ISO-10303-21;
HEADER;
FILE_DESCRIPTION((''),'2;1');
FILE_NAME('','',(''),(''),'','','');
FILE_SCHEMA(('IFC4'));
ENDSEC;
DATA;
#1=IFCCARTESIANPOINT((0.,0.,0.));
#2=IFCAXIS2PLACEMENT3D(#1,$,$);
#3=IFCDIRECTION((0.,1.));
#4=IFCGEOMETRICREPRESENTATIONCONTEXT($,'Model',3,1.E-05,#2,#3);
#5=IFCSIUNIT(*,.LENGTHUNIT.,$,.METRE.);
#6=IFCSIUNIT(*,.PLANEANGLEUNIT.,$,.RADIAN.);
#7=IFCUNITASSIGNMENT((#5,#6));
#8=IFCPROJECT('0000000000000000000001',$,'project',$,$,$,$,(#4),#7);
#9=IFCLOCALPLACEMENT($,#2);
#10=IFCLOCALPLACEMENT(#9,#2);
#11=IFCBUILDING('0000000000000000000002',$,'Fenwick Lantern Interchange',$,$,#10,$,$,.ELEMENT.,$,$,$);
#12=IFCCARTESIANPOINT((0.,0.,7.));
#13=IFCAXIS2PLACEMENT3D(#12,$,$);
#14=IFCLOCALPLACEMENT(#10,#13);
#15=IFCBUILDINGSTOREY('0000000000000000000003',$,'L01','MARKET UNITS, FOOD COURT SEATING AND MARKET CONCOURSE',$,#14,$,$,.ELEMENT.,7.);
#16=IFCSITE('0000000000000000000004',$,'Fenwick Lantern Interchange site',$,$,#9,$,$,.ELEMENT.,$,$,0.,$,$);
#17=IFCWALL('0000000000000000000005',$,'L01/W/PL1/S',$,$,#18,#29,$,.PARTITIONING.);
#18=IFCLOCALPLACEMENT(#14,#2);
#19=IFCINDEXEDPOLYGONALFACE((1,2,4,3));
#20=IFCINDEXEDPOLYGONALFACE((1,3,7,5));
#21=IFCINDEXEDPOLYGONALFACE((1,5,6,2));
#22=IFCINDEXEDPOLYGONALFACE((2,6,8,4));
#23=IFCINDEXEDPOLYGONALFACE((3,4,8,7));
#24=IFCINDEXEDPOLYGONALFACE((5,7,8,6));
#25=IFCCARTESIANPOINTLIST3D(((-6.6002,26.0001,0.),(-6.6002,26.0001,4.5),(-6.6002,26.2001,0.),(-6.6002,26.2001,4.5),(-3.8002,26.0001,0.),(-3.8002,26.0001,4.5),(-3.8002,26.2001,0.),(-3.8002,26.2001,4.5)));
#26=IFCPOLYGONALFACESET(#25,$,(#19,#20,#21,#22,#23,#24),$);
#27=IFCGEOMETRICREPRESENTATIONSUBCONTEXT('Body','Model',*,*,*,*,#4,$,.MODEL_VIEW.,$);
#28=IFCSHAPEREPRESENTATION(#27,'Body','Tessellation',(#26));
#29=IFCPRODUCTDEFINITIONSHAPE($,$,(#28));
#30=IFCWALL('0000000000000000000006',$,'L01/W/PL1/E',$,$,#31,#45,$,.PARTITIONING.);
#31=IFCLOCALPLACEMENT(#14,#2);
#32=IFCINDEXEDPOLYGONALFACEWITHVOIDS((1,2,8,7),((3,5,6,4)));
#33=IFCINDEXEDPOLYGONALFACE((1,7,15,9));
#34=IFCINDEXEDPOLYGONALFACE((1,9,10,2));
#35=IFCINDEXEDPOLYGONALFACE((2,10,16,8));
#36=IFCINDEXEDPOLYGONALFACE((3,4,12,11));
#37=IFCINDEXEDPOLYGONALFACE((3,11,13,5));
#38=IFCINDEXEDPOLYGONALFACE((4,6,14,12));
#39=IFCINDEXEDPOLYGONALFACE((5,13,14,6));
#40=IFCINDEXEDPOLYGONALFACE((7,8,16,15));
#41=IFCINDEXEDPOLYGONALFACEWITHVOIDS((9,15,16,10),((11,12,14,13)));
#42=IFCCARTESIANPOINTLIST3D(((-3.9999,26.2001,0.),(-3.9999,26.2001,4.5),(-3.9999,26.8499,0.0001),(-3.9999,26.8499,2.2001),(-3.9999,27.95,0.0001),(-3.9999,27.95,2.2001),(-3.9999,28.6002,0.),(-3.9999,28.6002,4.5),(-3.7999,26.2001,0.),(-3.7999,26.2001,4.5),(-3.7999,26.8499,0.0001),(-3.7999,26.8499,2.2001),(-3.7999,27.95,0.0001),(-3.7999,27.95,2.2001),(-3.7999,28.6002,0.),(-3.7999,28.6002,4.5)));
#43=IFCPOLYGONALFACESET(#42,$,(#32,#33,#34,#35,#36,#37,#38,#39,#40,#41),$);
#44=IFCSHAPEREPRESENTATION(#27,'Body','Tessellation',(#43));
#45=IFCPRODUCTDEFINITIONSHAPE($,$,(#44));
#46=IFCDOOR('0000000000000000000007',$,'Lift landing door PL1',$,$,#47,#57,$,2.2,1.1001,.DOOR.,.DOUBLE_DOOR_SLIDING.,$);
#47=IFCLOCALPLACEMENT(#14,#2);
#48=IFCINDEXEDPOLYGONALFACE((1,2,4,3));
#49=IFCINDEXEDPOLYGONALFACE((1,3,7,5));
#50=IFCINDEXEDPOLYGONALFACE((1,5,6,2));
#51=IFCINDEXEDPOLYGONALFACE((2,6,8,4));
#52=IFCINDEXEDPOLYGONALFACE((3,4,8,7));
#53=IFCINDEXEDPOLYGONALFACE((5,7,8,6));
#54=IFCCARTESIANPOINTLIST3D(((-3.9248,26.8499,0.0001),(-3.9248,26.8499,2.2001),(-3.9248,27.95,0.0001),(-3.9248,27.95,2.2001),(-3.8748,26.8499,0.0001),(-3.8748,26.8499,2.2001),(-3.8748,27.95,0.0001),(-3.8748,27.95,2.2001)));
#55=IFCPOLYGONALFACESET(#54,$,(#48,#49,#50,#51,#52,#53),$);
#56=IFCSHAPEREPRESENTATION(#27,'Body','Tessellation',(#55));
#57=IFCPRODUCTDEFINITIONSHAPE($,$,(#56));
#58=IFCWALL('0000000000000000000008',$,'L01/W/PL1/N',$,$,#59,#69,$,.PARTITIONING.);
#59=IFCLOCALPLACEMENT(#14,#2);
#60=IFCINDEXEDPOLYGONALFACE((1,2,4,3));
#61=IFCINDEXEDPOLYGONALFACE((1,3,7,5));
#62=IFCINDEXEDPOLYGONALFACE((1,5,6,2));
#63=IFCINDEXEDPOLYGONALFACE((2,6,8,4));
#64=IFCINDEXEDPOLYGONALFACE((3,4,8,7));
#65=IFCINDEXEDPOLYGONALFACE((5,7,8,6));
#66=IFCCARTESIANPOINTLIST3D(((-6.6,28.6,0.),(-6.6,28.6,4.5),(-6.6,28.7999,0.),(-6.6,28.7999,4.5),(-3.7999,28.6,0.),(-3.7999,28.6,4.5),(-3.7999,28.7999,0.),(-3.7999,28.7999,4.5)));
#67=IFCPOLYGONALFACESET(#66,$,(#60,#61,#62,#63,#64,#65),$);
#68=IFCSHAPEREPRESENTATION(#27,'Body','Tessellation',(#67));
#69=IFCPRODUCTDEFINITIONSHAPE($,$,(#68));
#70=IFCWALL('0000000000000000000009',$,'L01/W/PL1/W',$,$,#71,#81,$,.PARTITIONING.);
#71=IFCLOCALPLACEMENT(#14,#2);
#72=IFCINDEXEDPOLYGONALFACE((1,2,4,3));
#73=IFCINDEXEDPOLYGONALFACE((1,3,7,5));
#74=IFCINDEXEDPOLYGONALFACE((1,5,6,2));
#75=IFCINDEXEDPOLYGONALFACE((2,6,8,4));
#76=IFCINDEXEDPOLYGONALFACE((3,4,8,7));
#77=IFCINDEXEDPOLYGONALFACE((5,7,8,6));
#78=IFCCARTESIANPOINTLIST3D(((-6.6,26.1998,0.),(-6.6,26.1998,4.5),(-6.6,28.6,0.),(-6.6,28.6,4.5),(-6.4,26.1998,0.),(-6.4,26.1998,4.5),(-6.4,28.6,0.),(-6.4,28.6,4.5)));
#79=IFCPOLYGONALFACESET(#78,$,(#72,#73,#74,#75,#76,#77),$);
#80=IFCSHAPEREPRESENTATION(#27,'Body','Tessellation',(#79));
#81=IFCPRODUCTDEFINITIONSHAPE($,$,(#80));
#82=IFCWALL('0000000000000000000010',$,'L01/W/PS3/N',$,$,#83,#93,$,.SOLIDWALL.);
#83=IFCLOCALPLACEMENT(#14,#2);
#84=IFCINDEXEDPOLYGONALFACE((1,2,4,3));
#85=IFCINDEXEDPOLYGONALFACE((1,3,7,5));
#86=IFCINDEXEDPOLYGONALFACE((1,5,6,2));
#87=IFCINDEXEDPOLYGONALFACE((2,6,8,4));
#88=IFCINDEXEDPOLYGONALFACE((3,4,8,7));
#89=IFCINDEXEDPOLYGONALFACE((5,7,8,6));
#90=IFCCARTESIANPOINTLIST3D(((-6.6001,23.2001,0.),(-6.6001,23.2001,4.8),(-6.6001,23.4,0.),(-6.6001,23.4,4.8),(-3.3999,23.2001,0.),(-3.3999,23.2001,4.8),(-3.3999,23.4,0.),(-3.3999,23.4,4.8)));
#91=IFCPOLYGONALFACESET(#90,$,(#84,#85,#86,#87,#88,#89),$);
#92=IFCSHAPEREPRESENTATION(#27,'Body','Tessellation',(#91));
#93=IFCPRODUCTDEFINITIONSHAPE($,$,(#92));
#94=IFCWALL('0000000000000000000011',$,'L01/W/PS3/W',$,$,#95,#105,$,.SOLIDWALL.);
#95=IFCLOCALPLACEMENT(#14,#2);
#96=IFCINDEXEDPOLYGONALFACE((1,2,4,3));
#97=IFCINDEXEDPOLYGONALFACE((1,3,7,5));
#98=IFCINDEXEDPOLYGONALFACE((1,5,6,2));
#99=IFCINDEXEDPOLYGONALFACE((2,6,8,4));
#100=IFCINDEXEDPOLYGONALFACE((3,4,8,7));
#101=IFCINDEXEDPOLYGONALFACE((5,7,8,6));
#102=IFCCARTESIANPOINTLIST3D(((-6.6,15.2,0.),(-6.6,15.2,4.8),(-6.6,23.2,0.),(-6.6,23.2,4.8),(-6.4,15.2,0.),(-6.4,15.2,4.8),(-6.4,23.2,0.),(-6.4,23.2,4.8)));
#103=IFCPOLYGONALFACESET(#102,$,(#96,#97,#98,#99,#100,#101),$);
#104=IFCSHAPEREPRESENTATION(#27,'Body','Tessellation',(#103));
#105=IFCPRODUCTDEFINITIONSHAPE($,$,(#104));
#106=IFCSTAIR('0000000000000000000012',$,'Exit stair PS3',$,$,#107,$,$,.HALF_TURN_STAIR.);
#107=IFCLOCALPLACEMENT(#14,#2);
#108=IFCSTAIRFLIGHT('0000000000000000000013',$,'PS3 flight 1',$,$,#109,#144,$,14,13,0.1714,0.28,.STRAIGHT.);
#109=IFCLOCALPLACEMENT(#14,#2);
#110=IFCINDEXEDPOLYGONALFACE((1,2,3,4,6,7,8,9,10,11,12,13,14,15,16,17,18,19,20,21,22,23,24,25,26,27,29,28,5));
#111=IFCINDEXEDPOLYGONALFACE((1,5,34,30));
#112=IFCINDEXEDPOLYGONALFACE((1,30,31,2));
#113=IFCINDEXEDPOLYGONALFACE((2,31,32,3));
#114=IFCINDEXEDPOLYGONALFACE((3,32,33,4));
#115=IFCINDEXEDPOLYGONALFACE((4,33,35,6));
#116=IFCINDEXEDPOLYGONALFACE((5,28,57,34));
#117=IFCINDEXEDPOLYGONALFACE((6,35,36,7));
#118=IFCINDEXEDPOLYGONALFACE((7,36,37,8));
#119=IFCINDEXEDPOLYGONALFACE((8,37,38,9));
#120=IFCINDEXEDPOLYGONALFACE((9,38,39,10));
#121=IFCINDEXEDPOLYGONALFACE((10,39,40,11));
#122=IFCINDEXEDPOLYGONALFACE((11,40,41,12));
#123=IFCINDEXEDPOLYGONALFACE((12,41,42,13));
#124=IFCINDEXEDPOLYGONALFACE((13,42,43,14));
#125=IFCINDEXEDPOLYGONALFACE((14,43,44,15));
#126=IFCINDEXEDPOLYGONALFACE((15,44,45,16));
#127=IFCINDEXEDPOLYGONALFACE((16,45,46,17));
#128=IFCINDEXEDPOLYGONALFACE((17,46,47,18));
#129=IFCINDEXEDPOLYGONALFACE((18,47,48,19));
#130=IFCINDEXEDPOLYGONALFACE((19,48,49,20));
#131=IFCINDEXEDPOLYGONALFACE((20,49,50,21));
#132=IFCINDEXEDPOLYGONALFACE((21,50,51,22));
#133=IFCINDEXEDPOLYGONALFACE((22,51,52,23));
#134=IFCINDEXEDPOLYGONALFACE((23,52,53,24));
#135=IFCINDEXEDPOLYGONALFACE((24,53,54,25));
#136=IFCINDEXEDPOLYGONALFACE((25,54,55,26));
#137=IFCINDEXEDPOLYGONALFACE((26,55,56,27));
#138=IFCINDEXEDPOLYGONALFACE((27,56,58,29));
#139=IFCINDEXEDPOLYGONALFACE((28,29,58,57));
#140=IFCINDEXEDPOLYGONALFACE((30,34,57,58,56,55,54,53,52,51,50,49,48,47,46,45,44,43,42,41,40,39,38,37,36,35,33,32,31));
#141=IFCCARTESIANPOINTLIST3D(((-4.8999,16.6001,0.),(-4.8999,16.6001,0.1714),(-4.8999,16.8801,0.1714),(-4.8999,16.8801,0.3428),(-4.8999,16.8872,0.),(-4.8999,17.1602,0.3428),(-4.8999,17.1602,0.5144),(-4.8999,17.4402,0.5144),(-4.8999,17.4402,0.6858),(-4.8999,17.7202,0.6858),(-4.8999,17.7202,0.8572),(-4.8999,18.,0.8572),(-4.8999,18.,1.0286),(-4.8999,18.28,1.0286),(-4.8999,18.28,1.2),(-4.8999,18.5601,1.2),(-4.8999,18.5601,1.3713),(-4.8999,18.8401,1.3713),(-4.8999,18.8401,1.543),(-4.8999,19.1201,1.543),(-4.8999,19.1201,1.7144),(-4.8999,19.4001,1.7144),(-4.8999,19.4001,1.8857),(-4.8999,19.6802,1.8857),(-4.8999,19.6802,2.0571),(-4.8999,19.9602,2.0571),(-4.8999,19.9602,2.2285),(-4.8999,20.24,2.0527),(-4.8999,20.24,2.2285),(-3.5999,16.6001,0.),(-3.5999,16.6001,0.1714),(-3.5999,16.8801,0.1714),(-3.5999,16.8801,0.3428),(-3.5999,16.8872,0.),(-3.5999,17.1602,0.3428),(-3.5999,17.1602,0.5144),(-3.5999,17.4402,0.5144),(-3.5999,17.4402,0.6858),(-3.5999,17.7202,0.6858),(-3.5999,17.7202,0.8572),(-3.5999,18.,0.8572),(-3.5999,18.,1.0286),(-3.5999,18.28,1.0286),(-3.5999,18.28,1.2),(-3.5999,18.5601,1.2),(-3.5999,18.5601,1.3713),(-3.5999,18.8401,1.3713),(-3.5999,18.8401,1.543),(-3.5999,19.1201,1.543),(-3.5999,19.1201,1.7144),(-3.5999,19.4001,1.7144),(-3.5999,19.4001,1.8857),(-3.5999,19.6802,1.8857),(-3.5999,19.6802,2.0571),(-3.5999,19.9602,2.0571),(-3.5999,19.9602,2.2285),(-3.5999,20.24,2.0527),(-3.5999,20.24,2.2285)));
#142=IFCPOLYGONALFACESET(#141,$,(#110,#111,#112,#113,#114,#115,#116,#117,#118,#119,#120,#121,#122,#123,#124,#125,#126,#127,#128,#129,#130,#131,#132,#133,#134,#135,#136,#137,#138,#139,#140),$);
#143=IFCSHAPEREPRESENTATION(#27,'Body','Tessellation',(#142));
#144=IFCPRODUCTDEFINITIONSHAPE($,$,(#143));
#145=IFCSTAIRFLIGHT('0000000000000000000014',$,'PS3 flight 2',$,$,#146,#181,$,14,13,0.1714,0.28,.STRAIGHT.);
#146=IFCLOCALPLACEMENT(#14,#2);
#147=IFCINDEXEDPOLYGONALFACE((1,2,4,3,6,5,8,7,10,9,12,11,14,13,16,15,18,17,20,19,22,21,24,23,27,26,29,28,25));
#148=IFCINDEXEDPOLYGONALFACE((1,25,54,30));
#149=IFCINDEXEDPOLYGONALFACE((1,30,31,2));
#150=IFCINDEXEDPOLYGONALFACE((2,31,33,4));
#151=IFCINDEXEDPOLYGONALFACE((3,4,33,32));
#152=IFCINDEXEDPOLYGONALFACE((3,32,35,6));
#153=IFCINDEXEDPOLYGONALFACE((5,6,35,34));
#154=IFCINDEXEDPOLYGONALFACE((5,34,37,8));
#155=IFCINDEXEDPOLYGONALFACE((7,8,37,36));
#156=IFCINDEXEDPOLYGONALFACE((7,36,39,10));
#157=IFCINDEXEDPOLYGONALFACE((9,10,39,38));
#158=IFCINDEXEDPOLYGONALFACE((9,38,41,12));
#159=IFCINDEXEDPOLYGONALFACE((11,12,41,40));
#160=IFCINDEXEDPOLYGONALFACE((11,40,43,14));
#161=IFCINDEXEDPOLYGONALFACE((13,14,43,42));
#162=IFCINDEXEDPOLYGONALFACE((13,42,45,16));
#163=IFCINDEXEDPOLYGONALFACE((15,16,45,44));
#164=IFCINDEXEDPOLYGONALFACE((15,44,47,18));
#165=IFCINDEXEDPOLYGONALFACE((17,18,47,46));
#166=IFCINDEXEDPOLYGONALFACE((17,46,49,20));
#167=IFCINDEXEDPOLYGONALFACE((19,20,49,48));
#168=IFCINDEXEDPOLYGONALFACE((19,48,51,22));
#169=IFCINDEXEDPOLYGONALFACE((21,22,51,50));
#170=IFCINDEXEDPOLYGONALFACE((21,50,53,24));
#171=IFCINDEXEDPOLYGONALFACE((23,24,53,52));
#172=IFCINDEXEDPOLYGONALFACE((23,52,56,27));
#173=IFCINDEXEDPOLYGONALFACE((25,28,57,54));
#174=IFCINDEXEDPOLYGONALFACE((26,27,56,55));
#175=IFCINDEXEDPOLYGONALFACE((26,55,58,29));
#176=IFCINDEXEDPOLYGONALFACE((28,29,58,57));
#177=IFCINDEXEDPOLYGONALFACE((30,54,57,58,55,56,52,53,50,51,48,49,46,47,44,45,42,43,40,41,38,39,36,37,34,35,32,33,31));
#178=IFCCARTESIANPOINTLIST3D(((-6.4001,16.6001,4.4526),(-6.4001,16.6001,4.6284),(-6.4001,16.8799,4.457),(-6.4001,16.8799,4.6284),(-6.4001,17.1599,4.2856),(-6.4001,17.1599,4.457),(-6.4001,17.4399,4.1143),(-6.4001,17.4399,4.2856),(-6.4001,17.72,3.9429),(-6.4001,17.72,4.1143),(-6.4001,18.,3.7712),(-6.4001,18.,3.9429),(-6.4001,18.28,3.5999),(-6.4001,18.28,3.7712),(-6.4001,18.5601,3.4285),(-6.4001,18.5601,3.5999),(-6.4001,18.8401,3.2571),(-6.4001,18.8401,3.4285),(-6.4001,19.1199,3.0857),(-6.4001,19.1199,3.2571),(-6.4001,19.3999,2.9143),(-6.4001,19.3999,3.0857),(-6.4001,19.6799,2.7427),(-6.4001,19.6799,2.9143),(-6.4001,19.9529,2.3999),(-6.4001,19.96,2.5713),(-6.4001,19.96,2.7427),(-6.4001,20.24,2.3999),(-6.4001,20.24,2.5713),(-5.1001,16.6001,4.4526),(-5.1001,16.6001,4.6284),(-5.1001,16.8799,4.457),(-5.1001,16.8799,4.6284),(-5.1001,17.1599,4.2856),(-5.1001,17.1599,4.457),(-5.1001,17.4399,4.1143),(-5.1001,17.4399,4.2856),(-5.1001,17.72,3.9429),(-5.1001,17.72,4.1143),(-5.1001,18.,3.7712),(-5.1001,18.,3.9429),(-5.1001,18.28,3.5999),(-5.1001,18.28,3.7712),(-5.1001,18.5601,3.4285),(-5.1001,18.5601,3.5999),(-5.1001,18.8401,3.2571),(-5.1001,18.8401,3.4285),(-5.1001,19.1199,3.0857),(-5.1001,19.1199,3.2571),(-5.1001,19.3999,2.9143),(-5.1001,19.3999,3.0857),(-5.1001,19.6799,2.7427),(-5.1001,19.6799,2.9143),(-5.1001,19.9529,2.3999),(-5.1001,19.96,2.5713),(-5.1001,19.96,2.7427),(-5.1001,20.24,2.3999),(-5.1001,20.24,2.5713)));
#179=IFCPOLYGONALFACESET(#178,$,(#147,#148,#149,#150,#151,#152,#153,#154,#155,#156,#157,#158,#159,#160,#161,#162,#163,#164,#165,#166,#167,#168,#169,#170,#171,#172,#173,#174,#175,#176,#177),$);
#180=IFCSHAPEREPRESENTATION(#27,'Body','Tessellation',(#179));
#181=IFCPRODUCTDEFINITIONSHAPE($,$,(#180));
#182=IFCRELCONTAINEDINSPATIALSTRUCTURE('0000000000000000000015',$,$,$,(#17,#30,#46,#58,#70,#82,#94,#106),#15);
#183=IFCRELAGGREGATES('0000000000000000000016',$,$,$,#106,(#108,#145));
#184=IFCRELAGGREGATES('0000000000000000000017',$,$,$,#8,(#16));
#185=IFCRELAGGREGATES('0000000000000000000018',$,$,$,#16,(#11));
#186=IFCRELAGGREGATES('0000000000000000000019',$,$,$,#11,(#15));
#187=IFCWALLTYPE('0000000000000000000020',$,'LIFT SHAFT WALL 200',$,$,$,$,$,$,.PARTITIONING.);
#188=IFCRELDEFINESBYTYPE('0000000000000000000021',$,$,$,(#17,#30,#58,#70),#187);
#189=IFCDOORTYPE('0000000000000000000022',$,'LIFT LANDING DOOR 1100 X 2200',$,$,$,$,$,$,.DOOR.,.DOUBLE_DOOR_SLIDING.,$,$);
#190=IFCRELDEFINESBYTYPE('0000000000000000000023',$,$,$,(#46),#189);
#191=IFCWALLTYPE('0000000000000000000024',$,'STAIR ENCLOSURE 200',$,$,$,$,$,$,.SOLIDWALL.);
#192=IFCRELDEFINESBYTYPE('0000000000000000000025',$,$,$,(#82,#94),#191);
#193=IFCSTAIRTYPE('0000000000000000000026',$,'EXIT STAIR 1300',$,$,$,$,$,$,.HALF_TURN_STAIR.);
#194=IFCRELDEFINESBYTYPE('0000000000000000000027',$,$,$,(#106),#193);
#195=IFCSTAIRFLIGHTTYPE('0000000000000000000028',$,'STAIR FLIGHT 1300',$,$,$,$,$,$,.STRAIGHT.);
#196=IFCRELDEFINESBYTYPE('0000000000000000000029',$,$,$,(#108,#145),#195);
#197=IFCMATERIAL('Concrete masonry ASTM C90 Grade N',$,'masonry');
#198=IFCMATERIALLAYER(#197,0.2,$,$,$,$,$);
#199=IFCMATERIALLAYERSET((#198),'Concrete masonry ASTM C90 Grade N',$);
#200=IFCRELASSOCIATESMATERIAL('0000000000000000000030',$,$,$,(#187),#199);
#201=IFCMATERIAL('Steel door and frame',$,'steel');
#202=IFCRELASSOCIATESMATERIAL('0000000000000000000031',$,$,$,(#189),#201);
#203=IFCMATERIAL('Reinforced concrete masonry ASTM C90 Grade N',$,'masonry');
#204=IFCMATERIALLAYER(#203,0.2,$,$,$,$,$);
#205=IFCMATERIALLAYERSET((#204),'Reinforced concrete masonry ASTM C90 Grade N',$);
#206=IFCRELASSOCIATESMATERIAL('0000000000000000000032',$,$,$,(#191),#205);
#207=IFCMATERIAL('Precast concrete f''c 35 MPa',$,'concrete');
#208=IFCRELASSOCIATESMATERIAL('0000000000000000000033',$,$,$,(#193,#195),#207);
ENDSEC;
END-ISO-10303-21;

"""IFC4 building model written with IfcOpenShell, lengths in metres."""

from ifc_helpers import new_model, si_unit, direction, frame, frame_2d, origin, place, context, subcontext, project, spatial, polyline, rectangle, outline, extrude, material, layer, layer_set, type_object, element, fill, aggregate, save


model = new_model("IFC4")

# Units and contexts
model_context = context("Model", 3, precision=1e-05, world=origin(), true_north=direction((0.0, 1.0)))
body_context = subcontext(model_context, "Body", "Model", "MODEL_VIEW")
ifc_project = project(units=[si_unit("LENGTHUNIT", "METRE"), si_unit("PLANEANGLEUNIT", "RADIAN")], contexts=[model_context])

# Site, building, storey
site_placement = place(None, origin())
site = spatial("IfcSite", under=ifc_project, at=site_placement, Name="Fenwick Lantern Interchange site", CompositionType="ELEMENT", RefElevation=0.0)
building_placement = place(site_placement, origin())
building = spatial("IfcBuilding", under=site, at=building_placement, Name="Fenwick Lantern Interchange", CompositionType="ELEMENT")
storey_placement = place(building_placement, frame((0.0, 0.0, 7.0)))
storey = spatial("IfcBuildingStorey", under=building, at=storey_placement, Name="L01", Description="MARKET UNITS, FOOD COURT SEATING AND MARKET CONCOURSE", CompositionType="ELEMENT", Elevation=7.0)

# Wall
ifc_material_1 = material(Name="Concrete masonry ASTM C90 Grade N", Category="masonry")
ifc_layer_1 = layer(ifc_material_1, 0.2)
ifc_layer_set_1 = layer_set([ifc_layer_1], Name="Concrete masonry ASTM C90 Grade N")
wall_type_1 = type_object("IfcWallType", Name="LIFT SHAFT WALL 200", PredefinedType="PARTITIONING", material=ifc_layer_set_1)
wall_1_placement = place(storey_placement, frame((-6.6001, 26.1001, 0.0), z_axis=(0.0, 0.0, 1.0), x_axis=(1.0, 0.0, 0.0)))
element("IfcWall", 1, at=wall_1_placement, inside=storey, type_object=wall_type_1, Name="L01/W/PL1/S", PredefinedType="PARTITIONING", context=body_context, shape_type="SweptSolid", body=[
    extrude(rectangle(XDim=2.8, YDim=0.2, at=frame_2d((1.3999, 0.0))), origin(), (0.0, 0.0, 1.0), 4.5),
])

# Wall, opening, door
wall_2_placement = place(storey_placement, frame((-3.8999, 26.2, 0.0), z_axis=(0.0, 0.0, 1.0), x_axis=(0.0, 1.0, 0.0)))
wall_2 = element("IfcWall", 2, at=wall_2_placement, inside=storey, type_object=wall_type_1, Name="L01/W/PL1/E", PredefinedType="PARTITIONING", context=body_context, shape_type="SweptSolid", body=[
    extrude(rectangle(XDim=2.4001, YDim=0.2, at=frame_2d((1.2002, 0.0))), origin(), (0.0, 0.0, 1.0), 4.5),
])
opening_placement = place(wall_2_placement, frame((0.6499, 0.0, 0.0)))
opening = element("IfcOpeningElement", 3, at=opening_placement, cuts=wall_2, PredefinedType="OPENING", context=body_context, shape_type="SweptSolid", body=[
    extrude(rectangle(XDim=1.1001, YDim=2.2, at=frame_2d((0.55, 1.1001))), frame((0.0, 0.1099, 0.0), z_axis=(0.0, -1.0, 0.0), x_axis=(1.0, 0.0, 0.0)), (0.0, 0.0, 1.0), 0.22),
])
ifc_material_2 = material(Name="Steel door and frame", Category="steel")
door_type = type_object("IfcDoorType", Name="LIFT LANDING DOOR 1100 X 2200", OperationType="DOUBLE_DOOR_SLIDING", PredefinedType="DOOR", material=ifc_material_2)
door_placement = place(opening_placement, origin())
door = element("IfcDoor", 4, at=door_placement, inside=storey, type_object=door_type, Name="Lift landing door PL1", OperationType="DOUBLE_DOOR_SLIDING", OverallHeight=2.2, OverallWidth=1.1001, PredefinedType="DOOR", context=body_context, shape_type="SweptSolid", body=[
    extrude(rectangle(XDim=1.1001, YDim=2.2, at=frame_2d((0.55, 1.1001))), frame((0.0, 0.0249, 0.0), z_axis=(0.0, -1.0, 0.0), x_axis=(1.0, 0.0, 0.0)), (0.0, 0.0, 1.0), 0.05),
])
fill(opening, door)

# Walls
wall_3_placement = place(storey_placement, frame((-3.8, 28.7, 0.0), z_axis=(0.0, 0.0, 1.0), x_axis=(-1.0, 0.0, 0.0)))
element("IfcWall", 5, at=wall_3_placement, inside=storey, type_object=wall_type_1, Name="L01/W/PL1/N", PredefinedType="PARTITIONING", context=body_context, shape_type="SweptSolid", body=[
    extrude(rectangle(XDim=2.8, YDim=0.2, at=frame_2d((1.3999, 0.0))), origin(), (0.0, 0.0, 1.0), 4.5),
])
wall_4_placement = place(storey_placement, frame((-6.5, 28.6001, 0.0), z_axis=(0.0, 0.0, 1.0), x_axis=(0.0, -1.0, 0.0)))
element("IfcWall", 6, at=wall_4_placement, inside=storey, type_object=wall_type_1, Name="L01/W/PL1/W", PredefinedType="PARTITIONING", context=body_context, shape_type="SweptSolid", body=[
    extrude(rectangle(XDim=2.4001, YDim=0.2, at=frame_2d((1.2002, 0.0))), origin(), (0.0, 0.0, 1.0), 4.5),
])
ifc_material_3 = material(Name="Reinforced concrete masonry ASTM C90 Grade N", Category="masonry")
ifc_layer_2 = layer(ifc_material_3, 0.2)
ifc_layer_set_2 = layer_set([ifc_layer_2], Name="Reinforced concrete masonry ASTM C90 Grade N")
wall_type_2 = type_object("IfcWallType", Name="STAIR ENCLOSURE 200", PredefinedType="SOLIDWALL", material=ifc_layer_set_2)
wall_5_placement = place(storey_placement, frame((-3.3999, 23.3, 0.0), z_axis=(0.0, 0.0, 1.0), x_axis=(-1.0, 0.0, 0.0)))
element("IfcWall", 7, at=wall_5_placement, inside=storey, type_object=wall_type_2, Name="L01/W/PS3/N", PredefinedType="SOLIDWALL", context=body_context, shape_type="SweptSolid", body=[
    extrude(rectangle(XDim=3.2002, YDim=0.2, at=frame_2d((1.6001, 0.0))), origin(), (0.0, 0.0, 1.0), 4.8),
])
wall_6_placement = place(storey_placement, frame((-6.5, 23.2, 0.0), z_axis=(0.0, 0.0, 1.0), x_axis=(0.0, -1.0, 0.0)))
element("IfcWall", 8, at=wall_6_placement, inside=storey, type_object=wall_type_2, Name="L01/W/PS3/W", PredefinedType="SOLIDWALL", context=body_context, shape_type="SweptSolid", body=[
    extrude(rectangle(XDim=8.0, YDim=0.2, at=frame_2d((4.0, 0.0))), origin(), (0.0, 0.0, 1.0), 4.8),
])

# Stair, stair flights
ifc_material_4 = material(Name="Precast concrete f'c 35 MPa", Category="concrete")
stair_type = type_object("IfcStairType", Name="EXIT STAIR 1300", PredefinedType="HALF_TURN_STAIR", material=ifc_material_4)
stair_placement = place(storey_placement, origin())
stair = element("IfcStair", 9, at=stair_placement, inside=storey, type_object=stair_type, Name="Exit stair PS3", PredefinedType="HALF_TURN_STAIR")
stair_flight_type = type_object("IfcStairFlightType", Name="STAIR FLIGHT 1300", PredefinedType="STRAIGHT", material=ifc_material_4)
stair_flight_1_placement = place(storey_placement, frame((-4.25, 16.6001, 0.0), z_axis=(0.0, 0.0, 1.0), x_axis=(0.0, 1.0, 0.0)))
stair_flight_1 = element("IfcStairFlight", 10, at=stair_flight_1_placement, type_object=stair_flight_type, Name="PS3 flight 1", NumberOfRisers=14, NumberOfTreads=13, PredefinedType="STRAIGHT", RiserHeight=0.1714, TreadLength=0.28, context=body_context, shape_type="SweptSolid", body=[
    extrude(outline(polyline([(0.0, 0.0), (0.0, 0.1714), (0.28, 0.1714), (0.28, 0.3428), (0.5601, 0.3428), (0.5601, 0.5144), (0.8401, 0.5144), (0.8401, 0.6858), (1.1201, 0.6858), (1.1201, 0.8572), (1.3999, 0.8572), (1.3999, 1.0286), (1.6799, 1.0286), (1.6799, 1.2), (1.96, 1.2), (1.96, 1.3713), (2.24, 1.3713), (2.24, 1.543), (2.52, 1.543), (2.52, 1.7144), (2.8, 1.7144), (2.8, 1.8857), (3.0801, 1.8857), (3.0801, 2.0571), (3.3601, 2.0571), (3.3601, 2.2285), (3.6399, 2.2285), (3.6399, 2.3999), (3.6399, 2.0527), (0.2871, 0.0), (0.0, 0.0)])), frame((0.0, 0.6499, 0.0), z_axis=(0.0, -1.0, 0.0), x_axis=(1.0, 0.0, 0.0)), (0.0, 0.0, 1.0), 1.3),
])
stair_flight_2_placement = place(storey_placement, frame((-5.75, 20.24, 2.3999), z_axis=(0.0, 0.0, 1.0), x_axis=(0.0, -1.0, 0.0)))
stair_flight_2 = element("IfcStairFlight", 11, at=stair_flight_2_placement, type_object=stair_flight_type, Name="PS3 flight 2", NumberOfRisers=14, NumberOfTreads=13, PredefinedType="STRAIGHT", RiserHeight=0.1714, TreadLength=0.28, context=body_context, shape_type="SweptSolid", body=[
    extrude(outline(polyline([(0.0, 0.0), (0.0, 0.1714), (0.28, 0.1714), (0.28, 0.3428), (0.5601, 0.3428), (0.5601, 0.5144), (0.8401, 0.5144), (0.8401, 0.6858), (1.1201, 0.6858), (1.1201, 0.8572), (1.3999, 0.8572), (1.3999, 1.0286), (1.6799, 1.0286), (1.6799, 1.2), (1.96, 1.2), (1.96, 1.3713), (2.24, 1.3713), (2.24, 1.543), (2.52, 1.543), (2.52, 1.7144), (2.8, 1.7144), (2.8, 1.8857), (3.0801, 1.8857), (3.0801, 2.0571), (3.3601, 2.0571), (3.3601, 2.2285), (3.6399, 2.2285), (3.6399, 2.3999), (3.6399, 2.0527), (0.2871, 0.0), (0.0, 0.0)])), frame((0.0, 0.6499, 0.0), z_axis=(0.0, -1.0, 0.0), x_axis=(1.0, 0.0, 0.0)), (0.0, 0.0, 1.0), 1.3),
])
aggregate(stair, [stair_flight_1, stair_flight_2])

save(model, "model.ifc")
